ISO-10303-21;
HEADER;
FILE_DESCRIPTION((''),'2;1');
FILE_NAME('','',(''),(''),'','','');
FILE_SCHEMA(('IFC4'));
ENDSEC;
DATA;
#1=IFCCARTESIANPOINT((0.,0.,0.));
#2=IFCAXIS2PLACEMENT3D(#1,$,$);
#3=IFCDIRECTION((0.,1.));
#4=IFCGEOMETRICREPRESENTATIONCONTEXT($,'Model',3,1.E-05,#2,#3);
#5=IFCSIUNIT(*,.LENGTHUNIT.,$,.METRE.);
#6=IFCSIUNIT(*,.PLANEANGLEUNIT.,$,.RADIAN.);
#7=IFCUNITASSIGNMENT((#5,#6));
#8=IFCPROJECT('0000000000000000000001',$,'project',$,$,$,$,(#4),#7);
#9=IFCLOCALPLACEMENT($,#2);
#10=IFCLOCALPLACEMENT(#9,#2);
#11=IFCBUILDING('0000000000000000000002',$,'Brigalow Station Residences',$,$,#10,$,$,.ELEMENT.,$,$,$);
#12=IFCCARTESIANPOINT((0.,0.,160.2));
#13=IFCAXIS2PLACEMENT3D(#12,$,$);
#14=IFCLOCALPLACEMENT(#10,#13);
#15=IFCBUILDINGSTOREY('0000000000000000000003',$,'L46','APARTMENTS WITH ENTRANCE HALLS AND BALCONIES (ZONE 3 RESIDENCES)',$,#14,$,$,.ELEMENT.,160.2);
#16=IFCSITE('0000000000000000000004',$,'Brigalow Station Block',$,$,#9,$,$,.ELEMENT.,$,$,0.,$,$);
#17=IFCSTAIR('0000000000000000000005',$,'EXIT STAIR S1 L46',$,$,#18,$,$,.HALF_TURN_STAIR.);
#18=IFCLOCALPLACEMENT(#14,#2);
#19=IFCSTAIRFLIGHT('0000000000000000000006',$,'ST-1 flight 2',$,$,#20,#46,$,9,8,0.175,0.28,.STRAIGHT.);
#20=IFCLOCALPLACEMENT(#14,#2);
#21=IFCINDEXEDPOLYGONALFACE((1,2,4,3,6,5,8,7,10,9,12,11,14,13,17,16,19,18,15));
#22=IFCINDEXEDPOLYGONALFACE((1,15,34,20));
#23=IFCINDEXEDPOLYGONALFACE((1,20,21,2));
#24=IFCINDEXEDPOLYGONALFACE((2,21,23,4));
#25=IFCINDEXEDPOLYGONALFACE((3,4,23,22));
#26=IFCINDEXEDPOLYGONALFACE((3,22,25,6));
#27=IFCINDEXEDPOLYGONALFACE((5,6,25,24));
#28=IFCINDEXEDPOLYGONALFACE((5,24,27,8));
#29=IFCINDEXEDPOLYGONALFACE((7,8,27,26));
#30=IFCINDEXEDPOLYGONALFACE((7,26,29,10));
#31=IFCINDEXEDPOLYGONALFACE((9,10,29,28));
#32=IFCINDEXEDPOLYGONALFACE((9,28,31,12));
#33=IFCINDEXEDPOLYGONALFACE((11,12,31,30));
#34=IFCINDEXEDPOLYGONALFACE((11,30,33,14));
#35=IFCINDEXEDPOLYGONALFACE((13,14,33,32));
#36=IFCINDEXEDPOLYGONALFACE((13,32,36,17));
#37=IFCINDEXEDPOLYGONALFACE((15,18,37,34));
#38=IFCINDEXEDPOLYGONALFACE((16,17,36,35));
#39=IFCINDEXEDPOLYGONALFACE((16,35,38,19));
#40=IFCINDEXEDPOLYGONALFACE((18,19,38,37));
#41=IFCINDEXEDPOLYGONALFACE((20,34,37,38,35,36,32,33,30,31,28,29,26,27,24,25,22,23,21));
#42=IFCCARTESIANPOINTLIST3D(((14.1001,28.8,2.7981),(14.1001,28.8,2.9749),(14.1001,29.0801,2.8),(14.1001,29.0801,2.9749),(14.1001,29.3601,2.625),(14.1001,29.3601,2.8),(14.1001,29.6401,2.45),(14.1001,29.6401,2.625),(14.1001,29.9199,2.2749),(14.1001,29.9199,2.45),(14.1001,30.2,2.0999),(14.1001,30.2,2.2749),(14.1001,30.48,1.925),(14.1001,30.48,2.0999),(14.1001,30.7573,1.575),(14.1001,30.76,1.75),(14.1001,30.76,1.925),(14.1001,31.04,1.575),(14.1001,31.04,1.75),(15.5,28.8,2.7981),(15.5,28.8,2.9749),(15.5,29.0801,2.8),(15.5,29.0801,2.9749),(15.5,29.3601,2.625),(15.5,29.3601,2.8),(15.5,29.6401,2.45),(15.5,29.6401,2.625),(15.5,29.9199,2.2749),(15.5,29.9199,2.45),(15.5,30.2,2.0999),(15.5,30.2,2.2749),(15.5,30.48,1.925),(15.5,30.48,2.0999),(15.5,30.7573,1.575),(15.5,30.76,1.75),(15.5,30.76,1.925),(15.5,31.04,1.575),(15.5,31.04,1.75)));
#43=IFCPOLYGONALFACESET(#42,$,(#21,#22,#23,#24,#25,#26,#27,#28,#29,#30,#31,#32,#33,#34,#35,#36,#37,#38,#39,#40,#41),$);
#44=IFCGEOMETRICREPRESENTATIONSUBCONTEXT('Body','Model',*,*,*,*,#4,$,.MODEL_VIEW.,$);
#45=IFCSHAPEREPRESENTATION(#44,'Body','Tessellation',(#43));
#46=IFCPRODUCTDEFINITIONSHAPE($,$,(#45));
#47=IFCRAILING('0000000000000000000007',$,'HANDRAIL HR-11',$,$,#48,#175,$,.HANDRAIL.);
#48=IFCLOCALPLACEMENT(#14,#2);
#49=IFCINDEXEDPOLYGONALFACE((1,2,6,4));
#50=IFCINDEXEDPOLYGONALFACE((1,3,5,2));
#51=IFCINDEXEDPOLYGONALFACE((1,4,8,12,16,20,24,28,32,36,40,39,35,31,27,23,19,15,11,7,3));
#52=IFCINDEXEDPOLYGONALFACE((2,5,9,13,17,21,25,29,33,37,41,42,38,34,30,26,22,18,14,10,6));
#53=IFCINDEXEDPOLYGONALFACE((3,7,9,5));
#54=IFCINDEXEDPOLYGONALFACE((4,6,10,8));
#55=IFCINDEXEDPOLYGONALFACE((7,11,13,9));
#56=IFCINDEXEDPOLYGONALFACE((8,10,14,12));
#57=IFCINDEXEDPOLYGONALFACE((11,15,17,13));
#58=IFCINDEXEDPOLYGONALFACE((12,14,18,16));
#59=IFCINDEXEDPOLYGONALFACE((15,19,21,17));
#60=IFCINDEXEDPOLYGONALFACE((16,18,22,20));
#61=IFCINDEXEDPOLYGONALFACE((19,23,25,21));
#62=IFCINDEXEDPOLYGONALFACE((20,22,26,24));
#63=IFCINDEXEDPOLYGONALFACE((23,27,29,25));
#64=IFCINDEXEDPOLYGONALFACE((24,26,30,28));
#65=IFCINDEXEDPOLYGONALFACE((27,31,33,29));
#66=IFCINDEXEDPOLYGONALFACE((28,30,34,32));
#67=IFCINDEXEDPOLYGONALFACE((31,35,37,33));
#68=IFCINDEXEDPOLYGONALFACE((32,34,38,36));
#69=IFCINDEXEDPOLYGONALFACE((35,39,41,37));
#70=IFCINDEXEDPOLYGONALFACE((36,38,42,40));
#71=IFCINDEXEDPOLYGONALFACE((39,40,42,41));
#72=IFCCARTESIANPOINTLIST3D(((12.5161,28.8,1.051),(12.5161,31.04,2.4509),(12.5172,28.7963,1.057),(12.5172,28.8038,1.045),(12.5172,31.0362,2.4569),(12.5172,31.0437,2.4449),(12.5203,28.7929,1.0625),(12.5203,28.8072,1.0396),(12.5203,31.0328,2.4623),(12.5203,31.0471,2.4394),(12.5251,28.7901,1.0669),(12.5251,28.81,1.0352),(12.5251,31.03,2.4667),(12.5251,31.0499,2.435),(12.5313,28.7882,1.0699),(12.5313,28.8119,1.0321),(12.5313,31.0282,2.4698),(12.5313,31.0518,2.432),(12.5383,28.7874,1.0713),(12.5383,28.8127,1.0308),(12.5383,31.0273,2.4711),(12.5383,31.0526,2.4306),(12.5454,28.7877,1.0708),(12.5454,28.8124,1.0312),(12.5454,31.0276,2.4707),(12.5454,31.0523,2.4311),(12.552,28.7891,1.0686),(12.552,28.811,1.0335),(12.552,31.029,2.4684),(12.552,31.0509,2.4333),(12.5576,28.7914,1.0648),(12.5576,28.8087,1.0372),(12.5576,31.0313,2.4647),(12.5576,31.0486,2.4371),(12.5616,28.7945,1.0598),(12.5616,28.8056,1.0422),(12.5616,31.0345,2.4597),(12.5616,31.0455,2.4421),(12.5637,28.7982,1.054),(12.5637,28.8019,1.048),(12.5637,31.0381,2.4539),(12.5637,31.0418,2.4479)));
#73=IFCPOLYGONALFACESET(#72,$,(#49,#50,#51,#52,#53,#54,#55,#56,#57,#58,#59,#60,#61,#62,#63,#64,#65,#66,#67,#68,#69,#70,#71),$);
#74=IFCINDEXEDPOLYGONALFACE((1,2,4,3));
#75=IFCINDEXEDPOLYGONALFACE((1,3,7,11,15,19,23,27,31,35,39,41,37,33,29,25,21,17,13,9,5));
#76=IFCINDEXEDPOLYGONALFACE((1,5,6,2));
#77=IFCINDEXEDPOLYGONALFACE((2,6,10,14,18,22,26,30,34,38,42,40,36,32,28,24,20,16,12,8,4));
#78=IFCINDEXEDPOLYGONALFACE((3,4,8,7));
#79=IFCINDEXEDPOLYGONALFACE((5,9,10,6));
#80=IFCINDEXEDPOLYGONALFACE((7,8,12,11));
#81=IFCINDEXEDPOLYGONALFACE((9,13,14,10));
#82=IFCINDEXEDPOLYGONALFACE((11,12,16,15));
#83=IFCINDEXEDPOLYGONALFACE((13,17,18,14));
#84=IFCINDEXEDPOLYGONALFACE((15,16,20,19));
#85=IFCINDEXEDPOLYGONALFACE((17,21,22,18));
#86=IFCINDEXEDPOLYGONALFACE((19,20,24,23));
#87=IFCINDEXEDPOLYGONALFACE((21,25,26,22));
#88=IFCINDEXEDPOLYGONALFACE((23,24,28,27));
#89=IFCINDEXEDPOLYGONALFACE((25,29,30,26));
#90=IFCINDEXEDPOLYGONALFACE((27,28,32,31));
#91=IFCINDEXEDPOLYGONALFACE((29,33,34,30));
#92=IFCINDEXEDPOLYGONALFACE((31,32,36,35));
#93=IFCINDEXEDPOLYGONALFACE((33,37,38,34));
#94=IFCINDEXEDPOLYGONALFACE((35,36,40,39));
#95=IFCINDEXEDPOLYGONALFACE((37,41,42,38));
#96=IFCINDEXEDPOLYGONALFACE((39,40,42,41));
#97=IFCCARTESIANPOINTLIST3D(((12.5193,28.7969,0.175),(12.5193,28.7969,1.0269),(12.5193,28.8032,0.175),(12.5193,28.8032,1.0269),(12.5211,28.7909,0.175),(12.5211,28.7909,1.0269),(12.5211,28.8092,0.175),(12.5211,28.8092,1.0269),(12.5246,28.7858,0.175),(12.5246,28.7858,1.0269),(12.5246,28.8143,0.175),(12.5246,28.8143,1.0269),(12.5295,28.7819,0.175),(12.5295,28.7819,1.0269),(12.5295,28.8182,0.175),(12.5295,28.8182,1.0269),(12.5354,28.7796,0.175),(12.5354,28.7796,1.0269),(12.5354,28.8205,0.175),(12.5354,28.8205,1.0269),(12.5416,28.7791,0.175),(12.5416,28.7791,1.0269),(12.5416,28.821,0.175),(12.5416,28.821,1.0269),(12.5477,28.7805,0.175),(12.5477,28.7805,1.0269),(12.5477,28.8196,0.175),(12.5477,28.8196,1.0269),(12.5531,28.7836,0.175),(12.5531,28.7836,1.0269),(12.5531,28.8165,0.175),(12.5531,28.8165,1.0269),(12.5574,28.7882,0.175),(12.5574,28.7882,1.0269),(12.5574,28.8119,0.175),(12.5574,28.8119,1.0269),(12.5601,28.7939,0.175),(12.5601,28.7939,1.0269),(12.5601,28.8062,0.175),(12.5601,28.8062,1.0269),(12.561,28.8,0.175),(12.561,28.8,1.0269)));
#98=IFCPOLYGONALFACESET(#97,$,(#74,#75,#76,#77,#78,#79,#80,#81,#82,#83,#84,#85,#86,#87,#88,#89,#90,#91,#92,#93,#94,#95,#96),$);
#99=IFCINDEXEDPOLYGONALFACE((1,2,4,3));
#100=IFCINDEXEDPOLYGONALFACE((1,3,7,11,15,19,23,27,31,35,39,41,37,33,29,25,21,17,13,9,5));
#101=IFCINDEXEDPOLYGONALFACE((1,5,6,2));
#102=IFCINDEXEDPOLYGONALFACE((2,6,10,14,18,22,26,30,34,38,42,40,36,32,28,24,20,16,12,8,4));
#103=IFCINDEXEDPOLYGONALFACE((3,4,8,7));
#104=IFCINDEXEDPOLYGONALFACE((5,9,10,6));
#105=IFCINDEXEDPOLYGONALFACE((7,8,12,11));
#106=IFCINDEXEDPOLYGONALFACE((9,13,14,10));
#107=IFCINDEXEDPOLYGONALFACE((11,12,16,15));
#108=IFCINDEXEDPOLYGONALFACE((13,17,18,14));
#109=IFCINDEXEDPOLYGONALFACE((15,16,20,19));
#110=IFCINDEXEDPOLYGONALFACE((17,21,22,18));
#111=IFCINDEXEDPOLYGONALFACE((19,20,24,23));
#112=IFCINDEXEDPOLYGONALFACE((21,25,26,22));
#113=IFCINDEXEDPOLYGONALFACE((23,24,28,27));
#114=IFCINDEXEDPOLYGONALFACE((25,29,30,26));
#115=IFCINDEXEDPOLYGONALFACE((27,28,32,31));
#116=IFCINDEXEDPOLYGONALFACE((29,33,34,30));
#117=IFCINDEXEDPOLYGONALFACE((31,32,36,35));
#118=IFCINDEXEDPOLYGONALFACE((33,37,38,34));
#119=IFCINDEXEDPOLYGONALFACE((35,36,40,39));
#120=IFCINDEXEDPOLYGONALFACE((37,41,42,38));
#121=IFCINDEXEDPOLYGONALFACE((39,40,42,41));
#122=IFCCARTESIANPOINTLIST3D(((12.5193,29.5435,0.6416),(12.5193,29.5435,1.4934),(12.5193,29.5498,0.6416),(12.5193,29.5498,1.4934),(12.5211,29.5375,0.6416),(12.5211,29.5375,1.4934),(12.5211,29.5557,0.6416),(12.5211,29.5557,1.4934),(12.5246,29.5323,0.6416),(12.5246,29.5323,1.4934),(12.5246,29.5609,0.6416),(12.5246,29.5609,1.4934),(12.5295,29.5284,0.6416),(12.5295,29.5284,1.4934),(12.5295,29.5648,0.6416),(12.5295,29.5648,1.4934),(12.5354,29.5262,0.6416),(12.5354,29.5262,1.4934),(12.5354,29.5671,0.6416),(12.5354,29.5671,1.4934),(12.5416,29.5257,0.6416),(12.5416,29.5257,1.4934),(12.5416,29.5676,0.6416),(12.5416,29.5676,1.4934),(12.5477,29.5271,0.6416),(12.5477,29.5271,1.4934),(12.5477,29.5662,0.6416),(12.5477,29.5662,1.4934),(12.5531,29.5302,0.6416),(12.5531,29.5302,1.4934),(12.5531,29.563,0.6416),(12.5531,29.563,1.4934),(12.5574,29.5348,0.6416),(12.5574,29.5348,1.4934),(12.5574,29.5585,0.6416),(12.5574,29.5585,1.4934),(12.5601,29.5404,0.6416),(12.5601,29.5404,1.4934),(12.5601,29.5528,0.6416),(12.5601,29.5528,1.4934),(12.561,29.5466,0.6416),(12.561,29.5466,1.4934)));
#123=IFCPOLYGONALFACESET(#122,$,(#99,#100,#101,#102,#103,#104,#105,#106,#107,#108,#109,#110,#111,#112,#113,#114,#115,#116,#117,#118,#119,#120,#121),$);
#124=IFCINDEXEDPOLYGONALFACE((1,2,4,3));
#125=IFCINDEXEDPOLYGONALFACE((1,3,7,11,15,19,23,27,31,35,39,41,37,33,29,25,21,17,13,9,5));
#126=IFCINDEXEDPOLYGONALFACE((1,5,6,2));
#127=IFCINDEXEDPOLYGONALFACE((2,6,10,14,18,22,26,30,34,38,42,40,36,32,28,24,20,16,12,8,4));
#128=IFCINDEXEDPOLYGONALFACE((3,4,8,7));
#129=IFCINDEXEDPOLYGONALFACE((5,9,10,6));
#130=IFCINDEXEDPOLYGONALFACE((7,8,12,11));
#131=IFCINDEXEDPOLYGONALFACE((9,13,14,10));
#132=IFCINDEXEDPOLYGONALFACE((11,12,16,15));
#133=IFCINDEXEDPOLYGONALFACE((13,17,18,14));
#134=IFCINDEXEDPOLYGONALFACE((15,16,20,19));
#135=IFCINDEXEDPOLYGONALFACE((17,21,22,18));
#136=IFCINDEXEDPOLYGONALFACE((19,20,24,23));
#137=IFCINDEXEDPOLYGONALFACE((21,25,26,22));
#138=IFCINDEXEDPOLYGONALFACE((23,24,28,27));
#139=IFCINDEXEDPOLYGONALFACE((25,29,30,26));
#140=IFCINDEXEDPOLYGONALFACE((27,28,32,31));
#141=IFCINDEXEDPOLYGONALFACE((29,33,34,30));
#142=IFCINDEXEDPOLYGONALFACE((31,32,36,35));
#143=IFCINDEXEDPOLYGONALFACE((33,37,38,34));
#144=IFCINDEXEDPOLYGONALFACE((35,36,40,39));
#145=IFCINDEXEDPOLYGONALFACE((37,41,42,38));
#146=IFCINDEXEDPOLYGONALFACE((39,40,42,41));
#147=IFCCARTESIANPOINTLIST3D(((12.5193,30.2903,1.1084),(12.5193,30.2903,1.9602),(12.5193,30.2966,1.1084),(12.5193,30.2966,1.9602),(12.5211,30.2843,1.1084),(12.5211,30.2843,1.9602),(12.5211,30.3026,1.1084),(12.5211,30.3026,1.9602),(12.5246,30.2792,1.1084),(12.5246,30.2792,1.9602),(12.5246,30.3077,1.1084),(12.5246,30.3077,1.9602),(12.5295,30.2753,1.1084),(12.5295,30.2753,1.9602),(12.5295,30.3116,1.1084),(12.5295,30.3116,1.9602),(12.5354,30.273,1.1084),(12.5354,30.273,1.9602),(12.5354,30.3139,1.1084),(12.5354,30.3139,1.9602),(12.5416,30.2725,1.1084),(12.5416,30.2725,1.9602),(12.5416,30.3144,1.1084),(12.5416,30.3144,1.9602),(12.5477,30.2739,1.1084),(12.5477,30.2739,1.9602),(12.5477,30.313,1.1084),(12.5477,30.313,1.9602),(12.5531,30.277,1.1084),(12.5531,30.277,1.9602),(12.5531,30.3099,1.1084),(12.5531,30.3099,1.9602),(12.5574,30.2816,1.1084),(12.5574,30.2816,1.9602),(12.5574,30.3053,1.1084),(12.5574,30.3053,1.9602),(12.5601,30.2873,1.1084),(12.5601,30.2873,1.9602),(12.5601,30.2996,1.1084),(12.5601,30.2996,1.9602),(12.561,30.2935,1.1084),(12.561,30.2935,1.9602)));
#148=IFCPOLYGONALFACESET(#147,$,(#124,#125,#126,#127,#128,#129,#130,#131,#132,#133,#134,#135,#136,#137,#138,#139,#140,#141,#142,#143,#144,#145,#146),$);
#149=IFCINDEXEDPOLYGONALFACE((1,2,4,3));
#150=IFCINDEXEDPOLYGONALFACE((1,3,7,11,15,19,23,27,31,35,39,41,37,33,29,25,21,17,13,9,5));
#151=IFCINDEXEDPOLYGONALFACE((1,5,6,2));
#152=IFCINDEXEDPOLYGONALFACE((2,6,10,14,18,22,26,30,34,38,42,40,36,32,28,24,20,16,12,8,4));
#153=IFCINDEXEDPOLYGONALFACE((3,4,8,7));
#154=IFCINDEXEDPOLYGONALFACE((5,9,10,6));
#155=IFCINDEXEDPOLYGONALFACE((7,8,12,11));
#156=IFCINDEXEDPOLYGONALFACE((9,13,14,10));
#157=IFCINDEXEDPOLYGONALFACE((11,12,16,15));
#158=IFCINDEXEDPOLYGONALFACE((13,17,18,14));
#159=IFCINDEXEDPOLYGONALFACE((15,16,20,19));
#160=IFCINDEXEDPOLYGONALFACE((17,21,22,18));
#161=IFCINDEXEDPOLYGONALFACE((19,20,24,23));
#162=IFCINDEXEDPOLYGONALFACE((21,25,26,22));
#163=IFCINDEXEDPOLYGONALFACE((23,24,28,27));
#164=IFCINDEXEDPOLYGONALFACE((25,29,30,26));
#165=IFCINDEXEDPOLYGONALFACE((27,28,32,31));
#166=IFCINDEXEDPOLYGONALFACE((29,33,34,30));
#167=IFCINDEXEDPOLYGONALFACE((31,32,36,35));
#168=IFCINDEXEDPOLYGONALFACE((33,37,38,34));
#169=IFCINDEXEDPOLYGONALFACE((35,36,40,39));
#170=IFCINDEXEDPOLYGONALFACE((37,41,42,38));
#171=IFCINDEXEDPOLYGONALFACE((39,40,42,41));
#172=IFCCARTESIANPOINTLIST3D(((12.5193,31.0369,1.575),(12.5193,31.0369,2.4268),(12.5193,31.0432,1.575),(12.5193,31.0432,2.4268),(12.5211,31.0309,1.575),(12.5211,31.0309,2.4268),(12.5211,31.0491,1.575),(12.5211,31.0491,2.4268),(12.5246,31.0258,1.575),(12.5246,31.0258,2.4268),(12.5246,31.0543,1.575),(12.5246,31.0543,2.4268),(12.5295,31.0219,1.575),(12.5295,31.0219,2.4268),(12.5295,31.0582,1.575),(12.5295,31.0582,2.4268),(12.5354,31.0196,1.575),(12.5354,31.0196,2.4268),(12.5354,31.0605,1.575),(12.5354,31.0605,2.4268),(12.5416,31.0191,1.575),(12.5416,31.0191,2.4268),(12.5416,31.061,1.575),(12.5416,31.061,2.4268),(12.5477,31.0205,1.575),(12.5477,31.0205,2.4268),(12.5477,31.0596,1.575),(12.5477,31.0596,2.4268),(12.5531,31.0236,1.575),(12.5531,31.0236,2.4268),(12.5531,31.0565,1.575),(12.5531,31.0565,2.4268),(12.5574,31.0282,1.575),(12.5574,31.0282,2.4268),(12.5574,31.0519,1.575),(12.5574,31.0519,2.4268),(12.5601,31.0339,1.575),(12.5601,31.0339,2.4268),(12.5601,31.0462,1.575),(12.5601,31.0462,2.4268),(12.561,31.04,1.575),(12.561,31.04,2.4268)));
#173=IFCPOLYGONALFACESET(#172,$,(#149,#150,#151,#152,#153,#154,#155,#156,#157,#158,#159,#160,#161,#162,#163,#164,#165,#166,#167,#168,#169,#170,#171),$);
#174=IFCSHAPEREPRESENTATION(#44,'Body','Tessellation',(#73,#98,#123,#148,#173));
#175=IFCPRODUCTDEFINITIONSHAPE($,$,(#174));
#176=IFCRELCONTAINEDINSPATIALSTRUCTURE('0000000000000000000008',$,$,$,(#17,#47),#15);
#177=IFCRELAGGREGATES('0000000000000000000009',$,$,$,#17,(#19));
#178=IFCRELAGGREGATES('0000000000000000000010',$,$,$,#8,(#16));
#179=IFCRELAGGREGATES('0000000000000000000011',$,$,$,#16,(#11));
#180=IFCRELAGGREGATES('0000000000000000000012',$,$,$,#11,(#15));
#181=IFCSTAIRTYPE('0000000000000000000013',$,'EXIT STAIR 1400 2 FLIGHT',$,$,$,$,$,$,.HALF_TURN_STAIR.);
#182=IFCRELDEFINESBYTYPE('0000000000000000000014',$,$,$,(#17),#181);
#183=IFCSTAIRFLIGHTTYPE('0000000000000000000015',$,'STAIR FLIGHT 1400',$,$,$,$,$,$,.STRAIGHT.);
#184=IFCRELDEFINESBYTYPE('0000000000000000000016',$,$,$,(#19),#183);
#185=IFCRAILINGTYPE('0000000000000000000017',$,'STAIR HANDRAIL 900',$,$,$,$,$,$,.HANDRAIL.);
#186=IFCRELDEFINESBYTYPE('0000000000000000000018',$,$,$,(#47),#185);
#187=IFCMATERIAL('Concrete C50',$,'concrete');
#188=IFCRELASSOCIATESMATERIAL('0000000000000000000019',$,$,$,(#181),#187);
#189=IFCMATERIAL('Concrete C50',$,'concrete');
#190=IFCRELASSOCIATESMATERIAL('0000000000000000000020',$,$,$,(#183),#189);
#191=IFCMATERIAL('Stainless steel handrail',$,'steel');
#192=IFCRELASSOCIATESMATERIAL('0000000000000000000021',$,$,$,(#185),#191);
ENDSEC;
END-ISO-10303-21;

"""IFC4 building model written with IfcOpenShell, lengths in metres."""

from ifc_helpers import new_model, si_unit, direction, frame, origin, origin_2d, place, context, subcontext, project, spatial, polyline, circle, outline, extrude, material, type_object, element, aggregate, save


model = new_model("IFC4")

# Units and contexts
model_context = context("Model", 3, precision=1e-05, world=origin(), true_north=direction((0.0, 1.0)))
body_context = subcontext(model_context, "Body", "Model", "MODEL_VIEW")
ifc_project = project(units=[si_unit("LENGTHUNIT", "METRE"), si_unit("PLANEANGLEUNIT", "RADIAN")], contexts=[model_context])

# Site, building, storey
site_placement = place(None, origin())
site = spatial("IfcSite", under=ifc_project, at=site_placement, Name="Brigalow Station Block", CompositionType="ELEMENT", RefElevation=0.0)
building_placement = place(site_placement, origin())
building = spatial("IfcBuilding", under=site, at=building_placement, Name="Brigalow Station Residences", CompositionType="ELEMENT")
storey_placement = place(building_placement, frame((0.0, 0.0, 160.2)))
storey = spatial("IfcBuildingStorey", under=building, at=storey_placement, Name="L46", Description="APARTMENTS WITH ENTRANCE HALLS AND BALCONIES (ZONE 3 RESIDENCES)", CompositionType="ELEMENT", Elevation=160.2)

# Stair, stair flight
ifc_material_1 = material(Name="Concrete C50", Category="concrete")
stair_type = type_object("IfcStairType", Name="EXIT STAIR 1400 2 FLIGHT", PredefinedType="HALF_TURN_STAIR", material=ifc_material_1)
stair_placement = place(storey_placement, origin())
stair = element("IfcStair", 1, at=stair_placement, inside=storey, type_object=stair_type, Name="EXIT STAIR S1 L46", PredefinedType="HALF_TURN_STAIR")
ifc_material_2 = material(Name="Concrete C50", Category="concrete")
stair_flight_type = type_object("IfcStairFlightType", Name="STAIR FLIGHT 1400", PredefinedType="STRAIGHT", material=ifc_material_2)
stair_flight_1_placement = place(storey_placement, frame((14.8, 31.04, 1.575), z_axis=(0.0, 0.0, 1.0), x_axis=(0.0, -1.0, 0.0)))
stair_flight_1 = element("IfcStairFlight", 2, at=stair_flight_1_placement, type_object=stair_flight_type, Name="ST-1 flight 2", NumberOfRisers=9, NumberOfTreads=8, PredefinedType="STRAIGHT", RiserHeight=0.175, TreadLength=0.28, context=body_context, shape_type="SweptSolid", body=[
    extrude(outline(polyline([(0.0, 0.0), (0.0, 0.175), (0.28, 0.175), (0.28, 0.3501), (0.5601, 0.3501), (0.5601, 0.5249), (0.8401, 0.5249), (0.8401, 0.7), (1.1201, 0.7), (1.1201, 0.875), (1.3999, 0.875), (1.3999, 1.05), (1.6799, 1.05), (1.6799, 1.2251), (1.96, 1.2251), (1.96, 1.3999), (2.24, 1.3999), (2.24, 1.575), (2.24, 1.2231), (0.2827, 0.0), (0.0, 0.0)])), frame((0.0, 0.7, 0.0), z_axis=(0.0, -1.0, 0.0), x_axis=(1.0, 0.0, 0.0)), (0.0, 0.0, 1.0), 1.3999),
])
aggregate(stair, [stair_flight_1])

# Railing
ifc_material_3 = material(Name="Stainless steel handrail", Category="steel")
railing_type_1 = type_object("IfcRailingType", Name="STAIR HANDRAIL 900", PredefinedType="HANDRAIL", material=ifc_material_3)
railing_1_placement = place(storey_placement, frame((12.54, 28.8, 0.175)))
element("IfcRailing", 3, at=railing_1_placement, inside=storey, type_object=railing_type_1, Name="HANDRAIL HR-11", PredefinedType="HANDRAIL", context=body_context, shape_type="SweptSolid", body=[
    extrude(circle(Radius=0.0239, at=origin_2d()), frame((0.0, 0.0, 0.876), z_axis=(0.0, 0.848014, 0.529974), x_axis=(-1.0, 0.0, 0.0)), (0.0, 0.0, 1.0), 2.6414),
    extrude(circle(Radius=0.021, at=origin_2d()), origin(), (0.0, 0.0, 1.0), 0.8518),
    extrude(circle(Radius=0.021, at=origin_2d()), frame((0.0, 0.7466, 0.4666)), (0.0, 0.0, 1.0), 0.8518),
    extrude(circle(Radius=0.021, at=origin_2d()), frame((0.0, 1.4934, 0.9333)), (0.0, 0.0, 1.0), 0.8518),
    extrude(circle(Radius=0.021, at=origin_2d()), frame((0.0, 2.24, 1.3999)), (0.0, 0.0, 1.0), 0.8518),
])

save(model, "model.ifc")
